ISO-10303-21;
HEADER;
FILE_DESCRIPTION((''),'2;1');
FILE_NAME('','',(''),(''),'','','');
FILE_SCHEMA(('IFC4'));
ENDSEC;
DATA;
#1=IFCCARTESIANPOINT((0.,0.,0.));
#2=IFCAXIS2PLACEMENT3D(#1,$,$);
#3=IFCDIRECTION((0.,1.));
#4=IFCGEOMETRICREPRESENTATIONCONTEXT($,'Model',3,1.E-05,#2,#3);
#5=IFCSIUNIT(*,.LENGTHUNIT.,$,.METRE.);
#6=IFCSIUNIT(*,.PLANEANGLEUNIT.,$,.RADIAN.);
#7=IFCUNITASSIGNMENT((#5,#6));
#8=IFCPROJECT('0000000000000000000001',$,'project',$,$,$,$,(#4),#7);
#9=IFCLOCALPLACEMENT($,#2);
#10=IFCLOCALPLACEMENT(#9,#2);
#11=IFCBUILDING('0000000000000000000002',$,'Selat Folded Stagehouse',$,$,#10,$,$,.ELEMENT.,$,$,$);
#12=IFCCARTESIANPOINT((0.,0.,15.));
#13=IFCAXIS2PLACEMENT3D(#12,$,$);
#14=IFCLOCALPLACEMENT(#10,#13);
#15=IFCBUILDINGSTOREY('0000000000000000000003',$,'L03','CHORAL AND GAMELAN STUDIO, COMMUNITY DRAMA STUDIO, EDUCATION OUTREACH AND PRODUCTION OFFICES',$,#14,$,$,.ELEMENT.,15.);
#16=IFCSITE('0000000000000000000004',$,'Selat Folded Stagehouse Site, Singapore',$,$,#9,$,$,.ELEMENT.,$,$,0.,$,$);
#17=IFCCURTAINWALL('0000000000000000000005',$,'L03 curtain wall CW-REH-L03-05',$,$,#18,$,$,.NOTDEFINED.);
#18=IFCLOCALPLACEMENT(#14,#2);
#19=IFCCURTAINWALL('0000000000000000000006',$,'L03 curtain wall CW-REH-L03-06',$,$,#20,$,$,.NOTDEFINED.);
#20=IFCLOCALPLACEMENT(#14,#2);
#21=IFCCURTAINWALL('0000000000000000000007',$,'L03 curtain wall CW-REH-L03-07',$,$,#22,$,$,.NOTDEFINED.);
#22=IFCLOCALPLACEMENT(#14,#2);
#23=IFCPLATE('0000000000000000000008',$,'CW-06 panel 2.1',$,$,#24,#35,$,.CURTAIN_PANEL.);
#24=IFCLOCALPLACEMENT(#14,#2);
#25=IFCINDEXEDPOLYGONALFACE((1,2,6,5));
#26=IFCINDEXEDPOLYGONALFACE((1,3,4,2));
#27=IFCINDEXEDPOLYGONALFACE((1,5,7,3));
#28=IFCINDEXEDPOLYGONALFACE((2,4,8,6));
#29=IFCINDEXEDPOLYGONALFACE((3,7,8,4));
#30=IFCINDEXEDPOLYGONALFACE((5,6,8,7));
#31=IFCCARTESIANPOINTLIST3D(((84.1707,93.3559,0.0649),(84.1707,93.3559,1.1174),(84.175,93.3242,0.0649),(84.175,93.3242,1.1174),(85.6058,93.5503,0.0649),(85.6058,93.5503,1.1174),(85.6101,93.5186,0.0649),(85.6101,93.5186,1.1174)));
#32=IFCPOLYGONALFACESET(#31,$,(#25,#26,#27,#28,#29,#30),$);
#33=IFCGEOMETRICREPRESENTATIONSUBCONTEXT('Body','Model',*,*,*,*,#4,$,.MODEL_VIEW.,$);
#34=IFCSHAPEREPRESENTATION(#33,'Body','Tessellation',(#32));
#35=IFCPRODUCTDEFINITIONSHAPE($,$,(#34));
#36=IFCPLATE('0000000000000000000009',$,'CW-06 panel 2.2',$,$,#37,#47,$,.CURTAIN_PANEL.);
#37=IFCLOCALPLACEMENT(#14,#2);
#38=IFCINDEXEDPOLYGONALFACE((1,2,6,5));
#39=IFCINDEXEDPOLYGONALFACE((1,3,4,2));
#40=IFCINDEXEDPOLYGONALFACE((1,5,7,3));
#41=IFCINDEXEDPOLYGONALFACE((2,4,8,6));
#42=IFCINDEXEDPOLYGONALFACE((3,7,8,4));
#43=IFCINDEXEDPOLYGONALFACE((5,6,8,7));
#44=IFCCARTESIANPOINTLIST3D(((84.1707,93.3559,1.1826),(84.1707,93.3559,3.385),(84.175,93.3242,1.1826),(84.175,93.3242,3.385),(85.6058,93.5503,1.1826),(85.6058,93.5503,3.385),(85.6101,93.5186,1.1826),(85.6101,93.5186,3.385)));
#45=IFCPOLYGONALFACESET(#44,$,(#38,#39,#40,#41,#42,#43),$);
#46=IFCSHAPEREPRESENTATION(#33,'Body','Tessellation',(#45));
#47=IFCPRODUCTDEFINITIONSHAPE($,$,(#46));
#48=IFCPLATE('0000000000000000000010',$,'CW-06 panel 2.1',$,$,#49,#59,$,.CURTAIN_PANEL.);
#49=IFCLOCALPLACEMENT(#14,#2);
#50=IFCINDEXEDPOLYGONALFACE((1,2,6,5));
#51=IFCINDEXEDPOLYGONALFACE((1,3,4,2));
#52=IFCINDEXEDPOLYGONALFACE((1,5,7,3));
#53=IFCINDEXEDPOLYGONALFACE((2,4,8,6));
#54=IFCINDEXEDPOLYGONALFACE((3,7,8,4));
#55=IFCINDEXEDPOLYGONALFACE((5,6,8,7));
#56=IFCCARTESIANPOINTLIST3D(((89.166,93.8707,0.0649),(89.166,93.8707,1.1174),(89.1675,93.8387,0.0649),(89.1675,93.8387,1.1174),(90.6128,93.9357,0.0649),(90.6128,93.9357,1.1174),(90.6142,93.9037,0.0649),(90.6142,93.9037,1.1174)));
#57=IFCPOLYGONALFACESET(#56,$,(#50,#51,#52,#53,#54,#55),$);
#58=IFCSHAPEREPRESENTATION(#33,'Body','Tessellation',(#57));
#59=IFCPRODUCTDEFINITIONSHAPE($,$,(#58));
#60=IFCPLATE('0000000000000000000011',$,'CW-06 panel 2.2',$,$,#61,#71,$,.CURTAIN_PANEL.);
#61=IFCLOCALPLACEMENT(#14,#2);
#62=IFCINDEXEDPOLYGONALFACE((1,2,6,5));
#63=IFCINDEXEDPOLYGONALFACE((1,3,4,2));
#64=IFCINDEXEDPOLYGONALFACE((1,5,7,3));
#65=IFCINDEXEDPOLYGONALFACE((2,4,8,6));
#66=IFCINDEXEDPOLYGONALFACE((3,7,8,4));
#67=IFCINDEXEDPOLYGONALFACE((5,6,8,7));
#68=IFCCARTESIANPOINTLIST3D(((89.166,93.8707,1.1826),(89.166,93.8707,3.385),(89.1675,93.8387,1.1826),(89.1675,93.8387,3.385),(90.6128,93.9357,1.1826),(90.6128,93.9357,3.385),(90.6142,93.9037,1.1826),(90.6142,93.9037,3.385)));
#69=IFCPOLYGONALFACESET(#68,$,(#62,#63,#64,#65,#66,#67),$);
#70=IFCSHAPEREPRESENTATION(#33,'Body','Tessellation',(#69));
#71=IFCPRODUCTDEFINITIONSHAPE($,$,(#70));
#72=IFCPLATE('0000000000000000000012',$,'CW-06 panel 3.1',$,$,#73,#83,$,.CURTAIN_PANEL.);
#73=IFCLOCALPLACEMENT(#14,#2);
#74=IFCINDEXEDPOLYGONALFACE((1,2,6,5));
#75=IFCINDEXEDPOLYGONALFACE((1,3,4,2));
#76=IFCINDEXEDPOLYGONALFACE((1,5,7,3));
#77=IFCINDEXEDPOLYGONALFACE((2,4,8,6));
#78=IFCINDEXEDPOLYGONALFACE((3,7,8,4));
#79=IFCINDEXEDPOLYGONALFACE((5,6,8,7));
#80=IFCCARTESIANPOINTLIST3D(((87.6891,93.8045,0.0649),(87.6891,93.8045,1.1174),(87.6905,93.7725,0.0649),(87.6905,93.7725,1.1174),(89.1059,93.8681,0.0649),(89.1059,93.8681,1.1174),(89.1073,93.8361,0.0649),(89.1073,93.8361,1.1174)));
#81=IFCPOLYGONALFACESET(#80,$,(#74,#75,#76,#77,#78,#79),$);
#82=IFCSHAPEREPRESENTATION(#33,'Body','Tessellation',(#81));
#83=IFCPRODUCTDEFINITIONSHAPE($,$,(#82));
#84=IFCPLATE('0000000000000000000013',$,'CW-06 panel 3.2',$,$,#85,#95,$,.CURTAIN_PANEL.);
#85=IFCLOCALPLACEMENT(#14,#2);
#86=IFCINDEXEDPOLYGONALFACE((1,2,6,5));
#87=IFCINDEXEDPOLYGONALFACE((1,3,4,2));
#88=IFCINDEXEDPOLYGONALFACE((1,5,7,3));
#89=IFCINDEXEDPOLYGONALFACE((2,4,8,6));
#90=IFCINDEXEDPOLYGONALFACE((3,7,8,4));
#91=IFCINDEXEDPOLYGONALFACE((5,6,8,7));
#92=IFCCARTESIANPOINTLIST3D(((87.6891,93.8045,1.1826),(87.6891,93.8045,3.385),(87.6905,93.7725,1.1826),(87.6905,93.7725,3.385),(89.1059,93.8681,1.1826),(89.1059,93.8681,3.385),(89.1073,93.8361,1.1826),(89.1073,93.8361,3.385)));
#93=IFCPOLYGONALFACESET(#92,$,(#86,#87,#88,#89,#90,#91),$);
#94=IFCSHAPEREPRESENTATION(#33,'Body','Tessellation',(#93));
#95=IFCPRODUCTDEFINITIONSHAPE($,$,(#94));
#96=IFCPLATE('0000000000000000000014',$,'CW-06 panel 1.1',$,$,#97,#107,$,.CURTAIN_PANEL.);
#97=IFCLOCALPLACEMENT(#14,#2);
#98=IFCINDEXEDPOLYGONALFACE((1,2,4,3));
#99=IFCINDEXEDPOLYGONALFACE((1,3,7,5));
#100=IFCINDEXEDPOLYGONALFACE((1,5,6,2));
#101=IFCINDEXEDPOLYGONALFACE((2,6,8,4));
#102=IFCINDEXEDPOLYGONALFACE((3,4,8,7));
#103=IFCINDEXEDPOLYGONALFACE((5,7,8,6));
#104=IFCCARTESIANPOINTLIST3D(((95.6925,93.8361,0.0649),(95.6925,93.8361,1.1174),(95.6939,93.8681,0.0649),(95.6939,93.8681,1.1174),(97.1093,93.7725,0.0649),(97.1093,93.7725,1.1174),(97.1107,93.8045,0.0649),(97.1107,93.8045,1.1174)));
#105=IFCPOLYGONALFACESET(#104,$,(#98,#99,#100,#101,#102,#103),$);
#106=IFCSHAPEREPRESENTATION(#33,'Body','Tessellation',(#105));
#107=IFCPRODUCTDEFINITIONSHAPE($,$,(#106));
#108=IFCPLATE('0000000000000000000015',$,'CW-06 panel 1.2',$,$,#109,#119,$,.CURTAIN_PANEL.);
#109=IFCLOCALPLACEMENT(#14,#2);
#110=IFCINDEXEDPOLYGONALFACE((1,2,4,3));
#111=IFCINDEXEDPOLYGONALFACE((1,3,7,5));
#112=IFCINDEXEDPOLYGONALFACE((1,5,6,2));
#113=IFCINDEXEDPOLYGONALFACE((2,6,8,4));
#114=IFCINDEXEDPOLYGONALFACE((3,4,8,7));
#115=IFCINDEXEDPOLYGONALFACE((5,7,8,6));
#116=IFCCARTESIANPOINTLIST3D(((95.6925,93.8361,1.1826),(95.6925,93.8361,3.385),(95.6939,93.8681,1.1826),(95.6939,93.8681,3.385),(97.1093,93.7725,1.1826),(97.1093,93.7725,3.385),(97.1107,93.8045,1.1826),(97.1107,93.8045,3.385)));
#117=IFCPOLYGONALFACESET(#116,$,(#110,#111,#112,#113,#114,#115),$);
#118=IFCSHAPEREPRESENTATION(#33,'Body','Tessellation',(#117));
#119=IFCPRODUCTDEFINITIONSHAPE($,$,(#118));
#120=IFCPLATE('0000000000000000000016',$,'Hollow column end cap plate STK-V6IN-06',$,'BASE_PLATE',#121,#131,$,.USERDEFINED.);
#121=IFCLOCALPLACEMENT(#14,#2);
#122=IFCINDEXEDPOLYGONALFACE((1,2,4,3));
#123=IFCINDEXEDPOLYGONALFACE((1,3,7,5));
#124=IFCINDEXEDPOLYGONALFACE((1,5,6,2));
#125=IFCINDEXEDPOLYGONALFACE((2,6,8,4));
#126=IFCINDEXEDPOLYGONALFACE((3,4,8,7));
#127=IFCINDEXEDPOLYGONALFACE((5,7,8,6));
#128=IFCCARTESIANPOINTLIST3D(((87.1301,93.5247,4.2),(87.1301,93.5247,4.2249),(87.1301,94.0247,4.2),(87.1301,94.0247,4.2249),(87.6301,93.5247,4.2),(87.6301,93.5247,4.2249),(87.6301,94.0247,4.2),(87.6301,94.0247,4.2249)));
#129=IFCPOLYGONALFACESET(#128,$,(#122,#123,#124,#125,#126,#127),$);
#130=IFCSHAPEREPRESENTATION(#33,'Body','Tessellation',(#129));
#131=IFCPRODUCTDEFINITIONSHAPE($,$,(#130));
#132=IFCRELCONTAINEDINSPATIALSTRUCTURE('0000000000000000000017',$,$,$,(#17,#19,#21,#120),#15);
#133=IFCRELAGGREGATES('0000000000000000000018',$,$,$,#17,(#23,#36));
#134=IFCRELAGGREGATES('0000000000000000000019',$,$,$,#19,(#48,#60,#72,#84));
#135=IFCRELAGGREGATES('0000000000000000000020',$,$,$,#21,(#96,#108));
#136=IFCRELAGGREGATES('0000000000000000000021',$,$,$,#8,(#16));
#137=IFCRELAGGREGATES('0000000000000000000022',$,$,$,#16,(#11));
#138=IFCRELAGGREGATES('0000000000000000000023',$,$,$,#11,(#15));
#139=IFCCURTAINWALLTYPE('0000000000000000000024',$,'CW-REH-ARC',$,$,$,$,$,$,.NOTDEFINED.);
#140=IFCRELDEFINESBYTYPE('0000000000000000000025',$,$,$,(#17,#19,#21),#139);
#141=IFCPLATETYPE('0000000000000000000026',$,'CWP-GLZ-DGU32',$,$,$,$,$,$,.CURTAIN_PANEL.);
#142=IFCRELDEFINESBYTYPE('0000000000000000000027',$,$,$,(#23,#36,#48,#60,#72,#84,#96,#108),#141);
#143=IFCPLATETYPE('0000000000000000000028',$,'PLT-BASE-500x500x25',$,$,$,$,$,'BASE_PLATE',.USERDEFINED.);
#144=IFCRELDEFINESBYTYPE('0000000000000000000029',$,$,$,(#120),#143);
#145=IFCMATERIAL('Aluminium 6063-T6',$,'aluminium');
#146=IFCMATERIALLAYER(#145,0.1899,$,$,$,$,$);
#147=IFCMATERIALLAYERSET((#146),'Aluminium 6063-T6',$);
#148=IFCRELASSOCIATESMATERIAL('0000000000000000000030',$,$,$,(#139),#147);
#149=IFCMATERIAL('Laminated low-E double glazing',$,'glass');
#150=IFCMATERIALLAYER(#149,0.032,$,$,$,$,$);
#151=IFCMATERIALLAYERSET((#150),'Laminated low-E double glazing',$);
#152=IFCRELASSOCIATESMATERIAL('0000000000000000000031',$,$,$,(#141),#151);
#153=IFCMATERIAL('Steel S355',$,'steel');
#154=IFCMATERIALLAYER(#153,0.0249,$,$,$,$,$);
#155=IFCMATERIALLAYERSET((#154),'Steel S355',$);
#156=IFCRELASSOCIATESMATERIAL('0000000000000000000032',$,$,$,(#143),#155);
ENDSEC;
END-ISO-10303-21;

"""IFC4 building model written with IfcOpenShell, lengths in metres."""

from ifc_helpers import new_model, si_unit, direction, frame, origin, origin_2d, place, context, subcontext, project, spatial, rectangle, extrude, material, layer, layer_set, type_object, element, aggregate, save


model = new_model("IFC4")

# Units and contexts
model_context = context("Model", 3, precision=1e-05, world=origin(), true_north=direction((0.0, 1.0)))
body_context = subcontext(model_context, "Body", "Model", "MODEL_VIEW")
ifc_project = project(units=[si_unit("LENGTHUNIT", "METRE"), si_unit("PLANEANGLEUNIT", "RADIAN")], contexts=[model_context])

# Site, building, storey
site_placement = place(None, origin())
site = spatial("IfcSite", under=ifc_project, at=site_placement, Name="Selat Folded Stagehouse Site, Singapore", CompositionType="ELEMENT", RefElevation=0.0)
building_placement = place(site_placement, origin())
building = spatial("IfcBuilding", under=site, at=building_placement, Name="Selat Folded Stagehouse", CompositionType="ELEMENT")
storey_placement = place(building_placement, frame((0.0, 0.0, 15.0)))
storey = spatial("IfcBuildingStorey", under=building, at=storey_placement, Name="L03", Description="CHORAL AND GAMELAN STUDIO, COMMUNITY DRAMA STUDIO, EDUCATION OUTREACH AND PRODUCTION OFFICES", CompositionType="ELEMENT", Elevation=15.0)

# Shared definitions
ifc_material_1 = material(Name="Steel S355", Category="steel")

# Curtain walls
ifc_material_2 = material(Name="Aluminium 6063-T6", Category="aluminium")
ifc_layer_1 = layer(ifc_material_2, 0.1899)
ifc_layer_set_1 = layer_set([ifc_layer_1], Name="Aluminium 6063-T6")
curtain_wall_type = type_object("IfcCurtainWallType", Name="CW-REH-ARC", PredefinedType="NOTDEFINED", material=ifc_layer_set_1)
curtain_wall_1_placement = place(storey_placement, origin())
curtain_wall_1 = element("IfcCurtainWall", 1, at=curtain_wall_1_placement, inside=storey, type_object=curtain_wall_type, Name="L03 curtain wall CW-REH-L03-05", PredefinedType="NOTDEFINED")
curtain_wall_2_placement = place(storey_placement, origin())
curtain_wall_2 = element("IfcCurtainWall", 2, at=curtain_wall_2_placement, inside=storey, type_object=curtain_wall_type, Name="L03 curtain wall CW-REH-L03-06", PredefinedType="NOTDEFINED")
curtain_wall_3_placement = place(storey_placement, origin())
curtain_wall_3 = element("IfcCurtainWall", 3, at=curtain_wall_3_placement, inside=storey, type_object=curtain_wall_type, Name="L03 curtain wall CW-REH-L03-07", PredefinedType="NOTDEFINED")

# Plates
ifc_material_3 = material(Name="Laminated low-E double glazing", Category="glass")
ifc_layer_2 = layer(ifc_material_3, 0.032)
ifc_layer_set_2 = layer_set([ifc_layer_2], Name="Laminated low-E double glazing")
plate_type_1 = type_object("IfcPlateType", Name="CWP-GLZ-DGU32", PredefinedType="CURTAIN_PANEL", material=ifc_layer_set_2)
plate_1_placement = place(storey_placement, frame((84.8904, 93.4373, 0.0649), z_axis=(0.0, 0.0, 1.0), x_axis=(-0.990953, -0.134212, 0.0)))
plate_1 = element("IfcPlate", 4, at=plate_1_placement, type_object=plate_type_1, Name="CW-06 panel 2.1", PredefinedType="CURTAIN_PANEL", context=body_context, shape_type="SweptSolid", body=[
    extrude(rectangle(XDim=1.4482, YDim=0.032, at=origin_2d()), origin(), (0.0, 0.0, 1.0), 1.0525),
])
plate_2_placement = place(storey_placement, frame((84.8904, 93.4373, 1.1826), z_axis=(0.0, 0.0, 1.0), x_axis=(-0.990953, -0.134212, 0.0)))
plate_2 = element("IfcPlate", 5, at=plate_2_placement, type_object=plate_type_1, Name="CW-06 panel 2.2", PredefinedType="CURTAIN_PANEL", context=body_context, shape_type="SweptSolid", body=[
    extrude(rectangle(XDim=1.4482, YDim=0.032, at=origin_2d()), origin(), (0.0, 0.0, 1.0), 2.2024),
])
aggregate(curtain_wall_1, [plate_1, plate_2])
plate_3_placement = place(storey_placement, frame((89.8901, 93.8872, 0.0649), z_axis=(0.0, 0.0, 1.0), x_axis=(-0.998993, -0.044862, 0.0)))
plate_3 = element("IfcPlate", 6, at=plate_3_placement, type_object=plate_type_1, Name="CW-06 panel 2.1", PredefinedType="CURTAIN_PANEL", context=body_context, shape_type="SweptSolid", body=[
    extrude(rectangle(XDim=1.4482, YDim=0.032, at=origin_2d()), origin(), (0.0, 0.0, 1.0), 1.0525),
])
plate_4_placement = place(storey_placement, frame((89.8901, 93.8872, 1.1826), z_axis=(0.0, 0.0, 1.0), x_axis=(-0.998993, -0.044862, 0.0)))
plate_4 = element("IfcPlate", 7, at=plate_4_placement, type_object=plate_type_1, Name="CW-06 panel 2.2", PredefinedType="CURTAIN_PANEL", context=body_context, shape_type="SweptSolid", body=[
    extrude(rectangle(XDim=1.4482, YDim=0.032, at=origin_2d()), origin(), (0.0, 0.0, 1.0), 2.2024),
])
plate_5_placement = place(storey_placement, frame((88.3982, 93.8203, 0.0649), z_axis=(0.0, 0.0, 1.0), x_axis=(-0.998993, -0.044862, 0.0)))
plate_5 = element("IfcPlate", 8, at=plate_5_placement, type_object=plate_type_1, Name="CW-06 panel 3.1", PredefinedType="CURTAIN_PANEL", context=body_context, shape_type="SweptSolid", body=[
    extrude(rectangle(XDim=1.4182, YDim=0.032, at=origin_2d()), origin(), (0.0, 0.0, 1.0), 1.0525),
])
plate_6_placement = place(storey_placement, frame((88.3982, 93.8203, 1.1826), z_axis=(0.0, 0.0, 1.0), x_axis=(-0.998993, -0.044862, 0.0)))
plate_6 = element("IfcPlate", 9, at=plate_6_placement, type_object=plate_type_1, Name="CW-06 panel 3.2", PredefinedType="CURTAIN_PANEL", context=body_context, shape_type="SweptSolid", body=[
    extrude(rectangle(XDim=1.4182, YDim=0.032, at=origin_2d()), origin(), (0.0, 0.0, 1.0), 2.2024),
])
aggregate(curtain_wall_2, [plate_3, plate_4, plate_5, plate_6])
plate_7_placement = place(storey_placement, frame((96.4016, 93.8203, 0.0649), z_axis=(0.0, 0.0, 1.0), x_axis=(-0.998993, 0.044862, 0.0)))
plate_7 = element("IfcPlate", 10, at=plate_7_placement, type_object=plate_type_1, Name="CW-06 panel 1.1", PredefinedType="CURTAIN_PANEL", context=body_context, shape_type="SweptSolid", body=[
    extrude(rectangle(XDim=1.4182, YDim=0.032, at=origin_2d()), origin(), (0.0, 0.0, 1.0), 1.0525),
])
plate_8_placement = place(storey_placement, frame((96.4016, 93.8203, 1.1826), z_axis=(0.0, 0.0, 1.0), x_axis=(-0.998993, 0.044862, 0.0)))
plate_8 = element("IfcPlate", 11, at=plate_8_placement, type_object=plate_type_1, Name="CW-06 panel 1.2", PredefinedType="CURTAIN_PANEL", context=body_context, shape_type="SweptSolid", body=[
    extrude(rectangle(XDim=1.4182, YDim=0.032, at=origin_2d()), origin(), (0.0, 0.0, 1.0), 2.2024),
])
aggregate(curtain_wall_3, [plate_7, plate_8])
ifc_layer_3 = layer(ifc_material_1, 0.0249)
ifc_layer_set_3 = layer_set([ifc_layer_3], Name="Steel S355")
plate_type_2 = type_object("IfcPlateType", Name="PLT-BASE-500x500x25", ElementType="BASE_PLATE", PredefinedType="USERDEFINED", material=ifc_layer_set_3)
plate_9_placement = place(storey_placement, frame((87.3801, 93.7747, 4.2), z_axis=(0.0, 0.0, 1.0), x_axis=(1.0, 0.0, 0.0)))
element("IfcPlate", 12, at=plate_9_placement, inside=storey, type_object=plate_type_2, Name="Hollow column end cap plate STK-V6IN-06", ObjectType="BASE_PLATE", PredefinedType="USERDEFINED", context=body_context, shape_type="SweptSolid", body=[
    extrude(rectangle(XDim=0.5, YDim=0.5, at=origin_2d()), origin(), (0.0, 0.0, 1.0), 0.0249),
])

save(model, "model.ifc")
